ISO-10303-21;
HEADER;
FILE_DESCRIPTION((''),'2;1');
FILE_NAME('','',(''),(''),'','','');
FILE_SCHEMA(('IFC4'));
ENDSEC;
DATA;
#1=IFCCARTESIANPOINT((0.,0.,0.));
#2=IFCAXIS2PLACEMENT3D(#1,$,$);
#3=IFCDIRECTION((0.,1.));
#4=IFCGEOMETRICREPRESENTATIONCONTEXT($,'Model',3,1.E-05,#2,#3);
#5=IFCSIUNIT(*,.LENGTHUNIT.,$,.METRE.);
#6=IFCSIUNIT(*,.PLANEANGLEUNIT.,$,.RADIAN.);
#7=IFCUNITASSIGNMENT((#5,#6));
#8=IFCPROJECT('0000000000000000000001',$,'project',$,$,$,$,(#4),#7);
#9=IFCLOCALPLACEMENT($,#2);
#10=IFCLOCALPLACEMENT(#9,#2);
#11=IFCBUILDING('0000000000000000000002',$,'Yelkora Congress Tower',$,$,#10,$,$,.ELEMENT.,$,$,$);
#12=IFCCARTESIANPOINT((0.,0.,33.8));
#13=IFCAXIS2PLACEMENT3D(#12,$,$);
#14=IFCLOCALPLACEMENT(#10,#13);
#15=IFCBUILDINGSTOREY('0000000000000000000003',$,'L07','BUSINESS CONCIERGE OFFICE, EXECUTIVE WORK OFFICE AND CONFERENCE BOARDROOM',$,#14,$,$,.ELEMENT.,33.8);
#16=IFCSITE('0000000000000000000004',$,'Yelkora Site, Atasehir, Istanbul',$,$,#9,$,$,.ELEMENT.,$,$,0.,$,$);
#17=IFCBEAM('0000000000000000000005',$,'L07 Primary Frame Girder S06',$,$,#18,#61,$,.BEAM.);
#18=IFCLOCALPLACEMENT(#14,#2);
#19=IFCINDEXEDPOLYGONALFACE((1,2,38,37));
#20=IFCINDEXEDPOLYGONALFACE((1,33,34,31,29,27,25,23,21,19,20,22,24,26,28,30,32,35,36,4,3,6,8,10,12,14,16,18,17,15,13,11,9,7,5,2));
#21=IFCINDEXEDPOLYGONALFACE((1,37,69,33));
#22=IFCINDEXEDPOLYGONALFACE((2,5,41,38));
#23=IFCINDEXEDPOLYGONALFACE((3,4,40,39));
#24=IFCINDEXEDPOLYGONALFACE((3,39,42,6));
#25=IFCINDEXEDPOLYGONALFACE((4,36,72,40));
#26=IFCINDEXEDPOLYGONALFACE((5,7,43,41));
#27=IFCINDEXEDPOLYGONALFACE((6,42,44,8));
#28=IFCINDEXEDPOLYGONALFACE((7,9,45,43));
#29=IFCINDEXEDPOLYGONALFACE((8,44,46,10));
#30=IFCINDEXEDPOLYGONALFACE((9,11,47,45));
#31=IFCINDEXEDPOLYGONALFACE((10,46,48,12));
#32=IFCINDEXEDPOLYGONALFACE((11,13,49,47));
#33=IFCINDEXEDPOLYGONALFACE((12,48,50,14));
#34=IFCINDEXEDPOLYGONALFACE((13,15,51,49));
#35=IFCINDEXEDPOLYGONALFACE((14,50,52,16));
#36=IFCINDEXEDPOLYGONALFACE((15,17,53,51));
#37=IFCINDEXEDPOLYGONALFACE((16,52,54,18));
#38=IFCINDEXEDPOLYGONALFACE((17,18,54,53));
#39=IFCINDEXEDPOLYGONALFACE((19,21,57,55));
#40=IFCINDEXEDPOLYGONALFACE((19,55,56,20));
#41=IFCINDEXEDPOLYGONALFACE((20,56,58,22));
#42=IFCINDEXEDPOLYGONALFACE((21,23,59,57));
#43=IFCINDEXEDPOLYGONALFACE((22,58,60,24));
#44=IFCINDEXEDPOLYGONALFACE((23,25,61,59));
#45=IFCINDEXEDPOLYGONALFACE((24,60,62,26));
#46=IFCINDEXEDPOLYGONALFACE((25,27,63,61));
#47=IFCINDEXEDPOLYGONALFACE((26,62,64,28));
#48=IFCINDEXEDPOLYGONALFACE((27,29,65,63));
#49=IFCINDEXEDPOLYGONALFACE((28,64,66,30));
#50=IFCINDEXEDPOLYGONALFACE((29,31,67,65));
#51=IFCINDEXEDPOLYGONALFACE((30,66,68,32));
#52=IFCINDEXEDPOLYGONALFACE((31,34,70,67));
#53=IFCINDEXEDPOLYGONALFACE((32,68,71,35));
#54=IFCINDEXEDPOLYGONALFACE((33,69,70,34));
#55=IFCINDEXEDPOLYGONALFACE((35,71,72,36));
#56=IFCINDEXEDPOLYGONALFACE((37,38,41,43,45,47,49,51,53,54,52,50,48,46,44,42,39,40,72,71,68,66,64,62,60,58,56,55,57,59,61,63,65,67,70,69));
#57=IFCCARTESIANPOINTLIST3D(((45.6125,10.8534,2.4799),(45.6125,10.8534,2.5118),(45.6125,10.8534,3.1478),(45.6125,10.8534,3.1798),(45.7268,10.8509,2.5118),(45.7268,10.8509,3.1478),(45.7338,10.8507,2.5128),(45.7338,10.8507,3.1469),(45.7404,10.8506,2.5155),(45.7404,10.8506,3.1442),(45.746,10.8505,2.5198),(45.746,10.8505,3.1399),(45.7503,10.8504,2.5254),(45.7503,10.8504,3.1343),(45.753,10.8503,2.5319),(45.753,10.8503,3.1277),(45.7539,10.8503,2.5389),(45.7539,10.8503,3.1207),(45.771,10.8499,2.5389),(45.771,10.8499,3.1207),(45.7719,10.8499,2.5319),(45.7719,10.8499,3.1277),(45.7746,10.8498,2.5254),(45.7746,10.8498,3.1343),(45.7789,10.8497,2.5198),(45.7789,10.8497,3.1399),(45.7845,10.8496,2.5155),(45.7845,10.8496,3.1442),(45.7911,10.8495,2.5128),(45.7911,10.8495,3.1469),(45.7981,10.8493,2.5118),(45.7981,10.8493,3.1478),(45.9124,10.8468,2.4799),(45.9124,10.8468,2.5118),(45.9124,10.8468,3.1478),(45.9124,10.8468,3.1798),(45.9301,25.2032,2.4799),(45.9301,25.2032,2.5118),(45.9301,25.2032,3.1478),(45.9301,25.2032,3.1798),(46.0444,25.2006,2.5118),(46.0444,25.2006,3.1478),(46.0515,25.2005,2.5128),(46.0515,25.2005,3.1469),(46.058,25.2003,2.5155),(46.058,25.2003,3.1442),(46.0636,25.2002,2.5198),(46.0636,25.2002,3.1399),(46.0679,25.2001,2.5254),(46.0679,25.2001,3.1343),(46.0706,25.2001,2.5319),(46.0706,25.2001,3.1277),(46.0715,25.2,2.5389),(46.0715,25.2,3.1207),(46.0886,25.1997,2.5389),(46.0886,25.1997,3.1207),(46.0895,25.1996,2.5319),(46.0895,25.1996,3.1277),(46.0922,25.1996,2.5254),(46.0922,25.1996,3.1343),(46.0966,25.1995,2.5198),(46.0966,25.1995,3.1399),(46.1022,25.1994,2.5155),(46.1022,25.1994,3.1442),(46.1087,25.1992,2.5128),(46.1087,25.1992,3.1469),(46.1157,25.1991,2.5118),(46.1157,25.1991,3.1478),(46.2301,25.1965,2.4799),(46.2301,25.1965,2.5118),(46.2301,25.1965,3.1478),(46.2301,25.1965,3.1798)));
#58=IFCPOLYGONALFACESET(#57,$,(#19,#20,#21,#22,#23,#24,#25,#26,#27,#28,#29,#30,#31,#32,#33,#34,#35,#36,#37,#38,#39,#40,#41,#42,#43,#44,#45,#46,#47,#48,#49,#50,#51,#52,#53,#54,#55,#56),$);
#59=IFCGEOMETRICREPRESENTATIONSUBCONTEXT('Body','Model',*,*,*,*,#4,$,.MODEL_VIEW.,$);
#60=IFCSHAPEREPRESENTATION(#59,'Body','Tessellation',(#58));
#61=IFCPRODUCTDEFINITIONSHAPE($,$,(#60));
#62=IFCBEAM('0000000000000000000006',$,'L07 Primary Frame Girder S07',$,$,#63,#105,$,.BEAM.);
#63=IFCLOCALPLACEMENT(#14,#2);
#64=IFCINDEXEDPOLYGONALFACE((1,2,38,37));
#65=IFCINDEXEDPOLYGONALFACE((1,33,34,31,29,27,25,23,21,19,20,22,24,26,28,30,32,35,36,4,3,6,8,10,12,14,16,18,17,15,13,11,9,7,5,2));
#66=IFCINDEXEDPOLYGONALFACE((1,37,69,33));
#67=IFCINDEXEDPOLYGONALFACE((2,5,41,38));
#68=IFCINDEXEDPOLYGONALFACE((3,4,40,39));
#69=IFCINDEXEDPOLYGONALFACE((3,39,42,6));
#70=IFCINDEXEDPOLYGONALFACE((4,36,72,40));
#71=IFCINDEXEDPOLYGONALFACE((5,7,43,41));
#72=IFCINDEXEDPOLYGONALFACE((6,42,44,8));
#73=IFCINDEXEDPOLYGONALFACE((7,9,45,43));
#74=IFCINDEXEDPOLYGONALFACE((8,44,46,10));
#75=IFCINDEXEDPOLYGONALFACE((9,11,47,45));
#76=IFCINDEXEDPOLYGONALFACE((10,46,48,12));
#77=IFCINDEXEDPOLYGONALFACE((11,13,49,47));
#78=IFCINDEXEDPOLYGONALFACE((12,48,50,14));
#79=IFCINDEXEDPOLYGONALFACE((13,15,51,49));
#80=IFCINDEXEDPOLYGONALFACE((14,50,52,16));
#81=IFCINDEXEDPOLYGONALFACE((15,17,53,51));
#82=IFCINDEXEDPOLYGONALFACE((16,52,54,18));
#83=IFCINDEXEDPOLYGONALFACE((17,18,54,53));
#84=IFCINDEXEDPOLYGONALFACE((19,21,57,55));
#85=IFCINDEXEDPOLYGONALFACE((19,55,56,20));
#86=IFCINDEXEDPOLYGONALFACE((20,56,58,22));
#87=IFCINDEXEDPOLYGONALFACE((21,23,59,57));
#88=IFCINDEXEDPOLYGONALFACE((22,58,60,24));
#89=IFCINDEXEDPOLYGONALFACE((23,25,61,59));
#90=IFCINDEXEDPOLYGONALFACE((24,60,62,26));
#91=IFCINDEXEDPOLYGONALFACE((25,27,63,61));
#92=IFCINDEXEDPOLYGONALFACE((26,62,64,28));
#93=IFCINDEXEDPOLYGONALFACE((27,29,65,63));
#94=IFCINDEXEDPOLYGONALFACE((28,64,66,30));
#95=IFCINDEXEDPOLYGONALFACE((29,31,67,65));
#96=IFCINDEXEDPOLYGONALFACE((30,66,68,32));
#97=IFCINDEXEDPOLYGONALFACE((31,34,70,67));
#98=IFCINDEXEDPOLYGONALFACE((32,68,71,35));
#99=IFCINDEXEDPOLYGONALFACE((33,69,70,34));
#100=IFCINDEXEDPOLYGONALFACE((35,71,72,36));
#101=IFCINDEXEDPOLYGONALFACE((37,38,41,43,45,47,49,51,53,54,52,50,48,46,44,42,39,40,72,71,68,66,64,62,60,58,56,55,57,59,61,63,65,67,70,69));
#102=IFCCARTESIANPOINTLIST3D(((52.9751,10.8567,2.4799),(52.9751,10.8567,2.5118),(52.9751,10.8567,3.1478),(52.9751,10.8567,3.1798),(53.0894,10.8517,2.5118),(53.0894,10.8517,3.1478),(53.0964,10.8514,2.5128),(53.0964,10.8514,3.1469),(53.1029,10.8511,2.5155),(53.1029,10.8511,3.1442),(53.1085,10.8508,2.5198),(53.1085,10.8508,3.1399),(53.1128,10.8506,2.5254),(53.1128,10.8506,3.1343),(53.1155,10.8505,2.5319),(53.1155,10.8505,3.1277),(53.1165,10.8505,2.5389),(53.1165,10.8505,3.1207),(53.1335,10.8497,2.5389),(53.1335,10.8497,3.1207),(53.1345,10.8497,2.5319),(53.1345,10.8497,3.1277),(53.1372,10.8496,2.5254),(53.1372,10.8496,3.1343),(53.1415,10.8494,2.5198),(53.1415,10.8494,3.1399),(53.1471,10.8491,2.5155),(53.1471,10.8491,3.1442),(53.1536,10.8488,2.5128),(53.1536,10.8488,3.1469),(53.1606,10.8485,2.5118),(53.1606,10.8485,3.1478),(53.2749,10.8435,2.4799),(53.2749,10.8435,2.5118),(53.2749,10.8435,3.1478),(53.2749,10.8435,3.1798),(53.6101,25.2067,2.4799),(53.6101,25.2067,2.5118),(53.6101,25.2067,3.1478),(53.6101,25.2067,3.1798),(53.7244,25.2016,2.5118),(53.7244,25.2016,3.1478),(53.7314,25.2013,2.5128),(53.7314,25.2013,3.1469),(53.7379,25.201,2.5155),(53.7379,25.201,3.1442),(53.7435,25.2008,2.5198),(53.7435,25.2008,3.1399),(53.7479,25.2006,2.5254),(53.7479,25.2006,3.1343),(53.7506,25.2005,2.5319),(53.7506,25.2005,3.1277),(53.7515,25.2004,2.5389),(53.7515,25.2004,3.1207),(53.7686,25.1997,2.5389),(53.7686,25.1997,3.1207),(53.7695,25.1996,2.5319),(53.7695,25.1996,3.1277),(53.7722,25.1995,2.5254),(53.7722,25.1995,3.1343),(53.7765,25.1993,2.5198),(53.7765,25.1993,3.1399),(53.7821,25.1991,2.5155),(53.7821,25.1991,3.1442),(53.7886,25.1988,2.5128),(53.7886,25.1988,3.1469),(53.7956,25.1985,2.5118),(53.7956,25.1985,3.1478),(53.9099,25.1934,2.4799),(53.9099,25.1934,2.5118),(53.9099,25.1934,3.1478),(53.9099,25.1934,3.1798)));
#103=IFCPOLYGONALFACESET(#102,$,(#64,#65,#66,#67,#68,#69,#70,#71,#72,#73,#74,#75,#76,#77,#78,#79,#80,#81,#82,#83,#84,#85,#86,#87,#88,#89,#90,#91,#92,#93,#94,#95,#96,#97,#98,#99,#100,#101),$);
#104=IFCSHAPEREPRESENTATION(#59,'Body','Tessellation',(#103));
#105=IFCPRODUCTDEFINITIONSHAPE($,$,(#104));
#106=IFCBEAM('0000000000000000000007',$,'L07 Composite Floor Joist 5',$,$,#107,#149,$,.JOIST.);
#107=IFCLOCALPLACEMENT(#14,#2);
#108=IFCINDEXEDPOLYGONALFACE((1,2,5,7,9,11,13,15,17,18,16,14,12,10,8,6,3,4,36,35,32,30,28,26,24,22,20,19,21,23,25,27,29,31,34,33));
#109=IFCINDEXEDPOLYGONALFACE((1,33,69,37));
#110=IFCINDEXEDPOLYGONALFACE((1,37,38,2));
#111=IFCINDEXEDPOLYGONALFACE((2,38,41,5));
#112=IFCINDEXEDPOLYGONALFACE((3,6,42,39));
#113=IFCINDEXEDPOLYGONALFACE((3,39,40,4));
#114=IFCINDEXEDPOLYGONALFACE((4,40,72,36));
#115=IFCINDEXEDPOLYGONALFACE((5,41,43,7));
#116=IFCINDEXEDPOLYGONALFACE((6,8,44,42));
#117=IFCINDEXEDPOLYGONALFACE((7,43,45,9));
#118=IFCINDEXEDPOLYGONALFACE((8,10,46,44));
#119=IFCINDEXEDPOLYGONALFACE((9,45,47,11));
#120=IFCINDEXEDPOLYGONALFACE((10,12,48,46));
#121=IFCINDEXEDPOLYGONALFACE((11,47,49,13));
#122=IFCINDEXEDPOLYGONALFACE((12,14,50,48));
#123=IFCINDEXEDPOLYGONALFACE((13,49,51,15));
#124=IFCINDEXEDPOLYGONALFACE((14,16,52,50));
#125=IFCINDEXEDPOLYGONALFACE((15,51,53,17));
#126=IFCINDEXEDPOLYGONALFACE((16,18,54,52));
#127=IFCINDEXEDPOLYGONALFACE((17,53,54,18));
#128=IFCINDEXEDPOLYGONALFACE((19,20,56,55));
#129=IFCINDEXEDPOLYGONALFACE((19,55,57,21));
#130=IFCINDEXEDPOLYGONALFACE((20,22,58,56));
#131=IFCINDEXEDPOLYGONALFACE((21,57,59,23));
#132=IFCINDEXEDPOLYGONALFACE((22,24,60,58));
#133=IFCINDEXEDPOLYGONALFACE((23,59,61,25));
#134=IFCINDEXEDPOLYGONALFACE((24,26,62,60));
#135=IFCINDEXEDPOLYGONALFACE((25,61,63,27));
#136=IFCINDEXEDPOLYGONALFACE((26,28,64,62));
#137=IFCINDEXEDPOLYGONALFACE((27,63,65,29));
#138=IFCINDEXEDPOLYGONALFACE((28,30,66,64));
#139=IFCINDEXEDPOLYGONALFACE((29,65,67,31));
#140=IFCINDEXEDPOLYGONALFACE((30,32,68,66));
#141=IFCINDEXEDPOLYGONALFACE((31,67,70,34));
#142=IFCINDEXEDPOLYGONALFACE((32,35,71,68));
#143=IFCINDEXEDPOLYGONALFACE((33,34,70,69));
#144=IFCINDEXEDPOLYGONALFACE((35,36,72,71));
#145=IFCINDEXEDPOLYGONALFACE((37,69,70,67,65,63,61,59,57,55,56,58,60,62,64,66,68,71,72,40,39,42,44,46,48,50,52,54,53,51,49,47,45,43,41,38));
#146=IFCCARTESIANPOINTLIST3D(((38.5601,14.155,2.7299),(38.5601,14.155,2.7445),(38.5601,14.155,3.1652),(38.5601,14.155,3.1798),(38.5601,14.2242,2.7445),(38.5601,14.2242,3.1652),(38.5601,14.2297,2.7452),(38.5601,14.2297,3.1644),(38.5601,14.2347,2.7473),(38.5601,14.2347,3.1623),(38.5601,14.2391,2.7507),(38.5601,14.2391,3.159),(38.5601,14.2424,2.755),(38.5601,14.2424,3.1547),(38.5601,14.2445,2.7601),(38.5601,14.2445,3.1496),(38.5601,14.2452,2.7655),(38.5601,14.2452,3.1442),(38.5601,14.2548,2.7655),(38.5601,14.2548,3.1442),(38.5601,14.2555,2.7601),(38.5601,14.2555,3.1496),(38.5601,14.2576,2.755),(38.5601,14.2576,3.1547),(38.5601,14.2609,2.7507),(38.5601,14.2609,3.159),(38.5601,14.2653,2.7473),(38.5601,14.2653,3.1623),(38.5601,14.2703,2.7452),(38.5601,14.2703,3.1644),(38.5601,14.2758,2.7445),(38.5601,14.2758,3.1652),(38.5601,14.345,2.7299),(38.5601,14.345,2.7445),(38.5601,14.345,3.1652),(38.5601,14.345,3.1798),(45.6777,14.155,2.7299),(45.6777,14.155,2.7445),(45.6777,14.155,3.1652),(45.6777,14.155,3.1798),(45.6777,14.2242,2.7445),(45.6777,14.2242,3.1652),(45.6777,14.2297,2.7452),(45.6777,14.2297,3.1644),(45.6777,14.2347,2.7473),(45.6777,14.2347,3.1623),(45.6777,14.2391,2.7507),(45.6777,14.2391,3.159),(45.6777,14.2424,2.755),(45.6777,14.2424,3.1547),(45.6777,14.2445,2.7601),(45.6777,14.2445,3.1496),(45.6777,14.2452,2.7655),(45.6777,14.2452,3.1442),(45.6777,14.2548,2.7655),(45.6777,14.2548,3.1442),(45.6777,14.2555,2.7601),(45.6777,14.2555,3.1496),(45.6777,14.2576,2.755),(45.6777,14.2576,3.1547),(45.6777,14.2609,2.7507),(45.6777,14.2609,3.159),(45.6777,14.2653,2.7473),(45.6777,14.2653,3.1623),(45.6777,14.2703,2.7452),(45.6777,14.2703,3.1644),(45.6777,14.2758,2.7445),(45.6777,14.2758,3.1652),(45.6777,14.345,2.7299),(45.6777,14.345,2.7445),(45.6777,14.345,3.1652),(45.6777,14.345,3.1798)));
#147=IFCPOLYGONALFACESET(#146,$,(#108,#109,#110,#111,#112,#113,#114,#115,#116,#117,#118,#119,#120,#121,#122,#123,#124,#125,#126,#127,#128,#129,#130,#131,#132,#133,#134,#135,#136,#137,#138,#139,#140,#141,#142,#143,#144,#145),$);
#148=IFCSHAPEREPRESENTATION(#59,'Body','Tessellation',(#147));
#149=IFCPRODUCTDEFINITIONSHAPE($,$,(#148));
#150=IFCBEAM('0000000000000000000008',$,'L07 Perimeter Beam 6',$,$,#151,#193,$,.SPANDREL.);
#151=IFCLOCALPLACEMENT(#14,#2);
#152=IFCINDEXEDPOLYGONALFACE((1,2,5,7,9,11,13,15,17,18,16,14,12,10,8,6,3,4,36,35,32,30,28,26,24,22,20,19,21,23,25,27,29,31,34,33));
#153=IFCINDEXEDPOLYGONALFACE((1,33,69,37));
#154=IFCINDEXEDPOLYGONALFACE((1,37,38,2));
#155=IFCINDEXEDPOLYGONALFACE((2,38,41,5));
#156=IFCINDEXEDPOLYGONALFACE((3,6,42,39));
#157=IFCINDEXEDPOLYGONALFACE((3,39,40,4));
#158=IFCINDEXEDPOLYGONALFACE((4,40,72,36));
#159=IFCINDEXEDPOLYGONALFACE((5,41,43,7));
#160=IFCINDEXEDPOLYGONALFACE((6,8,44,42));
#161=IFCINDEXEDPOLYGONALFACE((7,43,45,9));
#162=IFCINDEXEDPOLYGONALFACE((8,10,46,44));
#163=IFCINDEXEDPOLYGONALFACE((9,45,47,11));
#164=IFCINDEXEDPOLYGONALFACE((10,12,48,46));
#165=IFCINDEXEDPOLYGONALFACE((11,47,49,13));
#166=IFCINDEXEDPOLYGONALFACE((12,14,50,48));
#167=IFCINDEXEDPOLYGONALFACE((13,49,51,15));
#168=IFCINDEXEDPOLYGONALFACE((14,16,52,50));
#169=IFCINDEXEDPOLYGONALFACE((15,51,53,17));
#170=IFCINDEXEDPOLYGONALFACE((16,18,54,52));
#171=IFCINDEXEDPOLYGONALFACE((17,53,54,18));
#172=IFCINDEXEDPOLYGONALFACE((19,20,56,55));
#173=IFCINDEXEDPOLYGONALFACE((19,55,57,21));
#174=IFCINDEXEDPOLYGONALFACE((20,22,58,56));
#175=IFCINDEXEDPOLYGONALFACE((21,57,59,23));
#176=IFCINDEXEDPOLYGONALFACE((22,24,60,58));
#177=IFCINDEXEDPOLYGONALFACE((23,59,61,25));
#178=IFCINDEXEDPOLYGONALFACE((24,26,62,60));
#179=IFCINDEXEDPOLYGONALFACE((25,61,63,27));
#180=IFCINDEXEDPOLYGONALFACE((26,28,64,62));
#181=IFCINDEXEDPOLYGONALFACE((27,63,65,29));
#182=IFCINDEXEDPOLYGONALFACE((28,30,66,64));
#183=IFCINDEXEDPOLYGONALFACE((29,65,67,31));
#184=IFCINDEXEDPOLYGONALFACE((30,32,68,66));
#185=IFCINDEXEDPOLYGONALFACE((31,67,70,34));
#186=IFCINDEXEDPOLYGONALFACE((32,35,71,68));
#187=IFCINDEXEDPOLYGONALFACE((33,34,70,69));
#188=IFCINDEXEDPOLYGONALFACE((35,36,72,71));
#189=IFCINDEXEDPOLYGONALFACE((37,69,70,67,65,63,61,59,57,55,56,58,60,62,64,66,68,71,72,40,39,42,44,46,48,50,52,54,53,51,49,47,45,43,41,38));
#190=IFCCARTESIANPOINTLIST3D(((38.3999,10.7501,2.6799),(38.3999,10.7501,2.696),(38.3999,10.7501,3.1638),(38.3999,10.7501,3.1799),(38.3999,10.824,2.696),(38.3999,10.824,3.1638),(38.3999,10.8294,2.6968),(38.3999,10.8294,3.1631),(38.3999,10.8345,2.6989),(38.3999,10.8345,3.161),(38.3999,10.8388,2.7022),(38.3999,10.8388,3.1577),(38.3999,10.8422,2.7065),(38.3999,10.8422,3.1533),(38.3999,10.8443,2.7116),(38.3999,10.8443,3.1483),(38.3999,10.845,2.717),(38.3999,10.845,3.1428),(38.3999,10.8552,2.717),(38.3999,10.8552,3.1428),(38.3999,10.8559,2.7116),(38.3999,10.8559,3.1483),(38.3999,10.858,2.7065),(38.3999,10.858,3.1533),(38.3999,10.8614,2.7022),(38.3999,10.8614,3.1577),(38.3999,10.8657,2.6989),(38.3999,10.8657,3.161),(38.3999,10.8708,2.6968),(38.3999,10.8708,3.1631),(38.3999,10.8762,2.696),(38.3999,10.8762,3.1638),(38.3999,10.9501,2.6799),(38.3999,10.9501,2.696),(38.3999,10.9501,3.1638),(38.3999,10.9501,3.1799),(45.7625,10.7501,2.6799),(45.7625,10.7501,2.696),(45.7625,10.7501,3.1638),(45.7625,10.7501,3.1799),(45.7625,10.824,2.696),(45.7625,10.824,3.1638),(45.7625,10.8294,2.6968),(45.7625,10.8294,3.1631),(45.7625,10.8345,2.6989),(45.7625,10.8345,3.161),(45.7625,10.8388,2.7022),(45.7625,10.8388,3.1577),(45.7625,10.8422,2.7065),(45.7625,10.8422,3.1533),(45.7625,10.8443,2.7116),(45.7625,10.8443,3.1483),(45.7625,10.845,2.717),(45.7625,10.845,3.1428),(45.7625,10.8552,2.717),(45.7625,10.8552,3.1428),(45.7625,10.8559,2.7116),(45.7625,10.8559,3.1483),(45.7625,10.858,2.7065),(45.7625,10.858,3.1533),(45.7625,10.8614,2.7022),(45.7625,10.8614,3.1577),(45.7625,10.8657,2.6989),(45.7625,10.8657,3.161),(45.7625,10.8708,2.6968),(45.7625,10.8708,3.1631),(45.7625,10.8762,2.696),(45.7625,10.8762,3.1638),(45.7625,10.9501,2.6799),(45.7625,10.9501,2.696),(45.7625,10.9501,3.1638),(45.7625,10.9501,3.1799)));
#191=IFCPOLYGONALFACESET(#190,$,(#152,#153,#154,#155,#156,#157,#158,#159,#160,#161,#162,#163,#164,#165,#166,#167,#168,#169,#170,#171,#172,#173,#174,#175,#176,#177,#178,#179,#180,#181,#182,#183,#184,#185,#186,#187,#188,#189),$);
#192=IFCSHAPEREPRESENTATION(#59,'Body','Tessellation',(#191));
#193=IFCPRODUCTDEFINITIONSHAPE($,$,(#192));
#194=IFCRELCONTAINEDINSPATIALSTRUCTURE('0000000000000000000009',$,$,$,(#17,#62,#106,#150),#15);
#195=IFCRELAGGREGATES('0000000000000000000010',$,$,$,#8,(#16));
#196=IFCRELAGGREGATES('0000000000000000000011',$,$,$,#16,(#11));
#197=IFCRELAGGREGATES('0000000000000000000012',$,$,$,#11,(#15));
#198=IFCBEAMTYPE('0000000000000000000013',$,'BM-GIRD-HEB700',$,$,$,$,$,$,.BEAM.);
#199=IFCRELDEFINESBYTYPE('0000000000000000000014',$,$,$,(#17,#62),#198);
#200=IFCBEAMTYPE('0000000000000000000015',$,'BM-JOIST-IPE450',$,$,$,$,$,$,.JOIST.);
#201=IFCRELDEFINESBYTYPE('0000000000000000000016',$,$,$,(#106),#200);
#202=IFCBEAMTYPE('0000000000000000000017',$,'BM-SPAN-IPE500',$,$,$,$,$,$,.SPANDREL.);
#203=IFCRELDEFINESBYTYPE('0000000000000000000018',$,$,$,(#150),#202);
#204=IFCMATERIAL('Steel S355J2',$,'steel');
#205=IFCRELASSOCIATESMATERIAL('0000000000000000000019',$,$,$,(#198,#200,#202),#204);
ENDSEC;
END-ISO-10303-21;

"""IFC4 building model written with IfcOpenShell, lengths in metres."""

from ifc_helpers import new_model, si_unit, direction, frame, origin, origin_2d, place, context, subcontext, project, spatial, i_section, extrude, material, material_profile, profile_set, type_object, element, save


model = new_model("IFC4")

# Units and contexts
model_context = context("Model", 3, precision=1e-05, world=origin(), true_north=direction((0.0, 1.0)))
body_context = subcontext(model_context, "Body", "Model", "MODEL_VIEW")
ifc_project = project(units=[si_unit("LENGTHUNIT", "METRE"), si_unit("PLANEANGLEUNIT", "RADIAN")], contexts=[model_context])

# Site, building, storey
site_placement = place(None, origin())
site = spatial("IfcSite", under=ifc_project, at=site_placement, Name="Yelkora Site, Atasehir, Istanbul", CompositionType="ELEMENT", RefElevation=0.0)
building_placement = place(site_placement, origin())
building = spatial("IfcBuilding", under=site, at=building_placement, Name="Yelkora Congress Tower", CompositionType="ELEMENT")
storey_placement = place(building_placement, frame((0.0, 0.0, 33.8)))
storey = spatial("IfcBuildingStorey", under=building, at=storey_placement, Name="L07", Description="BUSINESS CONCIERGE OFFICE, EXECUTIVE WORK OFFICE AND CONFERENCE BOARDROOM", CompositionType="ELEMENT", Elevation=33.8)

# Beams
ifc_material_1 = material(Name="Steel S355J2", Category="steel")
ifc_material_profile_1 = material_profile(ifc_material_1, i_section(OverallWidth=0.3, OverallDepth=0.7, WebThickness=0.0171, FlangeThickness=0.032, FilletRadius=0.0271, at=origin_2d()), Name="HEB 700")
ifc_profile_set_1 = profile_set([ifc_material_profile_1], Name="Steel S355J2")
beam_type_1 = type_object("IfcBeamType", Name="BM-GIRD-HEB700", PredefinedType="BEAM", material=ifc_profile_set_1)
beam_1_placement = place(storey_placement, frame((45.7625, 10.8501, 2.8298), z_axis=(0.022129, 0.999755, 0.0), x_axis=(-0.999755, 0.022129, 0.0)))
element("IfcBeam", 1, at=beam_1_placement, inside=storey, type_object=beam_type_1, Name="L07 Primary Frame Girder S06", PredefinedType="BEAM", context=body_context, shape_type="SweptSolid", body=[
    extrude(i_section(OverallWidth=0.3, OverallDepth=0.7, WebThickness=0.0171, FlangeThickness=0.032, FilletRadius=0.0271, at=origin_2d()), origin(), (0.0, 0.0, 1.0), 14.3533),
])
beam_2_placement = place(storey_placement, frame((53.125, 10.8501, 2.8298), z_axis=(0.044209, 0.999022, 0.0), x_axis=(-0.999022, 0.044209, 0.0)))
element("IfcBeam", 2, at=beam_2_placement, inside=storey, type_object=beam_type_1, Name="L07 Primary Frame Girder S07", PredefinedType="BEAM", context=body_context, shape_type="SweptSolid", body=[
    extrude(i_section(OverallWidth=0.3, OverallDepth=0.7, WebThickness=0.0171, FlangeThickness=0.032, FilletRadius=0.0271, at=origin_2d()), origin(), (0.0, 0.0, 1.0), 14.364),
])
ifc_material_profile_2 = material_profile(ifc_material_1, i_section(OverallWidth=0.1899, OverallDepth=0.45, WebThickness=0.0095, FlangeThickness=0.0146, FilletRadius=0.021, at=origin_2d()), Name="IPE 450")
ifc_profile_set_2 = profile_set([ifc_material_profile_2], Name="Steel S355J2")
beam_type_2 = type_object("IfcBeamType", Name="BM-JOIST-IPE450", PredefinedType="JOIST", material=ifc_profile_set_2)
beam_3_placement = place(storey_placement, frame((38.5601, 14.25, 2.9548), z_axis=(1.0, 0.0, 0.0), x_axis=(0.0, 1.0, 0.0)))
element("IfcBeam", 3, at=beam_3_placement, inside=storey, type_object=beam_type_2, Name="L07 Composite Floor Joist 5", PredefinedType="JOIST", context=body_context, shape_type="SweptSolid", body=[
    extrude(i_section(OverallWidth=0.1899, OverallDepth=0.45, WebThickness=0.0095, FlangeThickness=0.0146, FilletRadius=0.021, at=origin_2d()), origin(), (0.0, 0.0, 1.0), 7.1177),
])
ifc_material_profile_3 = material_profile(ifc_material_1, i_section(OverallWidth=0.2, OverallDepth=0.5, WebThickness=0.0103, FlangeThickness=0.0161, FilletRadius=0.021, at=origin_2d()), Name="IPE 500")
ifc_profile_set_3 = profile_set([ifc_material_profile_3], Name="Steel S355J2")
beam_type_3 = type_object("IfcBeamType", Name="BM-SPAN-IPE500", PredefinedType="SPANDREL", material=ifc_profile_set_3)
for number, where, z_axis, x_axis, name in (
    (4, (38.3999, 10.8501, 2.9299), (1.0, 0.0, 0.0), (0.0, 1.0, 0.0), "L07 Perimeter Beam 6"),
):
    element("IfcBeam", number, at=place(storey_placement, frame(where, z_axis=z_axis, x_axis=x_axis)), inside=storey, type_object=beam_type_3, Name=name, PredefinedType="SPANDREL", context=body_context, shape_type="SweptSolid", body=[
        extrude(i_section(OverallWidth=0.2, OverallDepth=0.5, WebThickness=0.0103, FlangeThickness=0.0161, FilletRadius=0.021, at=origin_2d()), origin(), (0.0, 0.0, 1.0), 7.3625),
    ])

save(model, "model.ifc")
